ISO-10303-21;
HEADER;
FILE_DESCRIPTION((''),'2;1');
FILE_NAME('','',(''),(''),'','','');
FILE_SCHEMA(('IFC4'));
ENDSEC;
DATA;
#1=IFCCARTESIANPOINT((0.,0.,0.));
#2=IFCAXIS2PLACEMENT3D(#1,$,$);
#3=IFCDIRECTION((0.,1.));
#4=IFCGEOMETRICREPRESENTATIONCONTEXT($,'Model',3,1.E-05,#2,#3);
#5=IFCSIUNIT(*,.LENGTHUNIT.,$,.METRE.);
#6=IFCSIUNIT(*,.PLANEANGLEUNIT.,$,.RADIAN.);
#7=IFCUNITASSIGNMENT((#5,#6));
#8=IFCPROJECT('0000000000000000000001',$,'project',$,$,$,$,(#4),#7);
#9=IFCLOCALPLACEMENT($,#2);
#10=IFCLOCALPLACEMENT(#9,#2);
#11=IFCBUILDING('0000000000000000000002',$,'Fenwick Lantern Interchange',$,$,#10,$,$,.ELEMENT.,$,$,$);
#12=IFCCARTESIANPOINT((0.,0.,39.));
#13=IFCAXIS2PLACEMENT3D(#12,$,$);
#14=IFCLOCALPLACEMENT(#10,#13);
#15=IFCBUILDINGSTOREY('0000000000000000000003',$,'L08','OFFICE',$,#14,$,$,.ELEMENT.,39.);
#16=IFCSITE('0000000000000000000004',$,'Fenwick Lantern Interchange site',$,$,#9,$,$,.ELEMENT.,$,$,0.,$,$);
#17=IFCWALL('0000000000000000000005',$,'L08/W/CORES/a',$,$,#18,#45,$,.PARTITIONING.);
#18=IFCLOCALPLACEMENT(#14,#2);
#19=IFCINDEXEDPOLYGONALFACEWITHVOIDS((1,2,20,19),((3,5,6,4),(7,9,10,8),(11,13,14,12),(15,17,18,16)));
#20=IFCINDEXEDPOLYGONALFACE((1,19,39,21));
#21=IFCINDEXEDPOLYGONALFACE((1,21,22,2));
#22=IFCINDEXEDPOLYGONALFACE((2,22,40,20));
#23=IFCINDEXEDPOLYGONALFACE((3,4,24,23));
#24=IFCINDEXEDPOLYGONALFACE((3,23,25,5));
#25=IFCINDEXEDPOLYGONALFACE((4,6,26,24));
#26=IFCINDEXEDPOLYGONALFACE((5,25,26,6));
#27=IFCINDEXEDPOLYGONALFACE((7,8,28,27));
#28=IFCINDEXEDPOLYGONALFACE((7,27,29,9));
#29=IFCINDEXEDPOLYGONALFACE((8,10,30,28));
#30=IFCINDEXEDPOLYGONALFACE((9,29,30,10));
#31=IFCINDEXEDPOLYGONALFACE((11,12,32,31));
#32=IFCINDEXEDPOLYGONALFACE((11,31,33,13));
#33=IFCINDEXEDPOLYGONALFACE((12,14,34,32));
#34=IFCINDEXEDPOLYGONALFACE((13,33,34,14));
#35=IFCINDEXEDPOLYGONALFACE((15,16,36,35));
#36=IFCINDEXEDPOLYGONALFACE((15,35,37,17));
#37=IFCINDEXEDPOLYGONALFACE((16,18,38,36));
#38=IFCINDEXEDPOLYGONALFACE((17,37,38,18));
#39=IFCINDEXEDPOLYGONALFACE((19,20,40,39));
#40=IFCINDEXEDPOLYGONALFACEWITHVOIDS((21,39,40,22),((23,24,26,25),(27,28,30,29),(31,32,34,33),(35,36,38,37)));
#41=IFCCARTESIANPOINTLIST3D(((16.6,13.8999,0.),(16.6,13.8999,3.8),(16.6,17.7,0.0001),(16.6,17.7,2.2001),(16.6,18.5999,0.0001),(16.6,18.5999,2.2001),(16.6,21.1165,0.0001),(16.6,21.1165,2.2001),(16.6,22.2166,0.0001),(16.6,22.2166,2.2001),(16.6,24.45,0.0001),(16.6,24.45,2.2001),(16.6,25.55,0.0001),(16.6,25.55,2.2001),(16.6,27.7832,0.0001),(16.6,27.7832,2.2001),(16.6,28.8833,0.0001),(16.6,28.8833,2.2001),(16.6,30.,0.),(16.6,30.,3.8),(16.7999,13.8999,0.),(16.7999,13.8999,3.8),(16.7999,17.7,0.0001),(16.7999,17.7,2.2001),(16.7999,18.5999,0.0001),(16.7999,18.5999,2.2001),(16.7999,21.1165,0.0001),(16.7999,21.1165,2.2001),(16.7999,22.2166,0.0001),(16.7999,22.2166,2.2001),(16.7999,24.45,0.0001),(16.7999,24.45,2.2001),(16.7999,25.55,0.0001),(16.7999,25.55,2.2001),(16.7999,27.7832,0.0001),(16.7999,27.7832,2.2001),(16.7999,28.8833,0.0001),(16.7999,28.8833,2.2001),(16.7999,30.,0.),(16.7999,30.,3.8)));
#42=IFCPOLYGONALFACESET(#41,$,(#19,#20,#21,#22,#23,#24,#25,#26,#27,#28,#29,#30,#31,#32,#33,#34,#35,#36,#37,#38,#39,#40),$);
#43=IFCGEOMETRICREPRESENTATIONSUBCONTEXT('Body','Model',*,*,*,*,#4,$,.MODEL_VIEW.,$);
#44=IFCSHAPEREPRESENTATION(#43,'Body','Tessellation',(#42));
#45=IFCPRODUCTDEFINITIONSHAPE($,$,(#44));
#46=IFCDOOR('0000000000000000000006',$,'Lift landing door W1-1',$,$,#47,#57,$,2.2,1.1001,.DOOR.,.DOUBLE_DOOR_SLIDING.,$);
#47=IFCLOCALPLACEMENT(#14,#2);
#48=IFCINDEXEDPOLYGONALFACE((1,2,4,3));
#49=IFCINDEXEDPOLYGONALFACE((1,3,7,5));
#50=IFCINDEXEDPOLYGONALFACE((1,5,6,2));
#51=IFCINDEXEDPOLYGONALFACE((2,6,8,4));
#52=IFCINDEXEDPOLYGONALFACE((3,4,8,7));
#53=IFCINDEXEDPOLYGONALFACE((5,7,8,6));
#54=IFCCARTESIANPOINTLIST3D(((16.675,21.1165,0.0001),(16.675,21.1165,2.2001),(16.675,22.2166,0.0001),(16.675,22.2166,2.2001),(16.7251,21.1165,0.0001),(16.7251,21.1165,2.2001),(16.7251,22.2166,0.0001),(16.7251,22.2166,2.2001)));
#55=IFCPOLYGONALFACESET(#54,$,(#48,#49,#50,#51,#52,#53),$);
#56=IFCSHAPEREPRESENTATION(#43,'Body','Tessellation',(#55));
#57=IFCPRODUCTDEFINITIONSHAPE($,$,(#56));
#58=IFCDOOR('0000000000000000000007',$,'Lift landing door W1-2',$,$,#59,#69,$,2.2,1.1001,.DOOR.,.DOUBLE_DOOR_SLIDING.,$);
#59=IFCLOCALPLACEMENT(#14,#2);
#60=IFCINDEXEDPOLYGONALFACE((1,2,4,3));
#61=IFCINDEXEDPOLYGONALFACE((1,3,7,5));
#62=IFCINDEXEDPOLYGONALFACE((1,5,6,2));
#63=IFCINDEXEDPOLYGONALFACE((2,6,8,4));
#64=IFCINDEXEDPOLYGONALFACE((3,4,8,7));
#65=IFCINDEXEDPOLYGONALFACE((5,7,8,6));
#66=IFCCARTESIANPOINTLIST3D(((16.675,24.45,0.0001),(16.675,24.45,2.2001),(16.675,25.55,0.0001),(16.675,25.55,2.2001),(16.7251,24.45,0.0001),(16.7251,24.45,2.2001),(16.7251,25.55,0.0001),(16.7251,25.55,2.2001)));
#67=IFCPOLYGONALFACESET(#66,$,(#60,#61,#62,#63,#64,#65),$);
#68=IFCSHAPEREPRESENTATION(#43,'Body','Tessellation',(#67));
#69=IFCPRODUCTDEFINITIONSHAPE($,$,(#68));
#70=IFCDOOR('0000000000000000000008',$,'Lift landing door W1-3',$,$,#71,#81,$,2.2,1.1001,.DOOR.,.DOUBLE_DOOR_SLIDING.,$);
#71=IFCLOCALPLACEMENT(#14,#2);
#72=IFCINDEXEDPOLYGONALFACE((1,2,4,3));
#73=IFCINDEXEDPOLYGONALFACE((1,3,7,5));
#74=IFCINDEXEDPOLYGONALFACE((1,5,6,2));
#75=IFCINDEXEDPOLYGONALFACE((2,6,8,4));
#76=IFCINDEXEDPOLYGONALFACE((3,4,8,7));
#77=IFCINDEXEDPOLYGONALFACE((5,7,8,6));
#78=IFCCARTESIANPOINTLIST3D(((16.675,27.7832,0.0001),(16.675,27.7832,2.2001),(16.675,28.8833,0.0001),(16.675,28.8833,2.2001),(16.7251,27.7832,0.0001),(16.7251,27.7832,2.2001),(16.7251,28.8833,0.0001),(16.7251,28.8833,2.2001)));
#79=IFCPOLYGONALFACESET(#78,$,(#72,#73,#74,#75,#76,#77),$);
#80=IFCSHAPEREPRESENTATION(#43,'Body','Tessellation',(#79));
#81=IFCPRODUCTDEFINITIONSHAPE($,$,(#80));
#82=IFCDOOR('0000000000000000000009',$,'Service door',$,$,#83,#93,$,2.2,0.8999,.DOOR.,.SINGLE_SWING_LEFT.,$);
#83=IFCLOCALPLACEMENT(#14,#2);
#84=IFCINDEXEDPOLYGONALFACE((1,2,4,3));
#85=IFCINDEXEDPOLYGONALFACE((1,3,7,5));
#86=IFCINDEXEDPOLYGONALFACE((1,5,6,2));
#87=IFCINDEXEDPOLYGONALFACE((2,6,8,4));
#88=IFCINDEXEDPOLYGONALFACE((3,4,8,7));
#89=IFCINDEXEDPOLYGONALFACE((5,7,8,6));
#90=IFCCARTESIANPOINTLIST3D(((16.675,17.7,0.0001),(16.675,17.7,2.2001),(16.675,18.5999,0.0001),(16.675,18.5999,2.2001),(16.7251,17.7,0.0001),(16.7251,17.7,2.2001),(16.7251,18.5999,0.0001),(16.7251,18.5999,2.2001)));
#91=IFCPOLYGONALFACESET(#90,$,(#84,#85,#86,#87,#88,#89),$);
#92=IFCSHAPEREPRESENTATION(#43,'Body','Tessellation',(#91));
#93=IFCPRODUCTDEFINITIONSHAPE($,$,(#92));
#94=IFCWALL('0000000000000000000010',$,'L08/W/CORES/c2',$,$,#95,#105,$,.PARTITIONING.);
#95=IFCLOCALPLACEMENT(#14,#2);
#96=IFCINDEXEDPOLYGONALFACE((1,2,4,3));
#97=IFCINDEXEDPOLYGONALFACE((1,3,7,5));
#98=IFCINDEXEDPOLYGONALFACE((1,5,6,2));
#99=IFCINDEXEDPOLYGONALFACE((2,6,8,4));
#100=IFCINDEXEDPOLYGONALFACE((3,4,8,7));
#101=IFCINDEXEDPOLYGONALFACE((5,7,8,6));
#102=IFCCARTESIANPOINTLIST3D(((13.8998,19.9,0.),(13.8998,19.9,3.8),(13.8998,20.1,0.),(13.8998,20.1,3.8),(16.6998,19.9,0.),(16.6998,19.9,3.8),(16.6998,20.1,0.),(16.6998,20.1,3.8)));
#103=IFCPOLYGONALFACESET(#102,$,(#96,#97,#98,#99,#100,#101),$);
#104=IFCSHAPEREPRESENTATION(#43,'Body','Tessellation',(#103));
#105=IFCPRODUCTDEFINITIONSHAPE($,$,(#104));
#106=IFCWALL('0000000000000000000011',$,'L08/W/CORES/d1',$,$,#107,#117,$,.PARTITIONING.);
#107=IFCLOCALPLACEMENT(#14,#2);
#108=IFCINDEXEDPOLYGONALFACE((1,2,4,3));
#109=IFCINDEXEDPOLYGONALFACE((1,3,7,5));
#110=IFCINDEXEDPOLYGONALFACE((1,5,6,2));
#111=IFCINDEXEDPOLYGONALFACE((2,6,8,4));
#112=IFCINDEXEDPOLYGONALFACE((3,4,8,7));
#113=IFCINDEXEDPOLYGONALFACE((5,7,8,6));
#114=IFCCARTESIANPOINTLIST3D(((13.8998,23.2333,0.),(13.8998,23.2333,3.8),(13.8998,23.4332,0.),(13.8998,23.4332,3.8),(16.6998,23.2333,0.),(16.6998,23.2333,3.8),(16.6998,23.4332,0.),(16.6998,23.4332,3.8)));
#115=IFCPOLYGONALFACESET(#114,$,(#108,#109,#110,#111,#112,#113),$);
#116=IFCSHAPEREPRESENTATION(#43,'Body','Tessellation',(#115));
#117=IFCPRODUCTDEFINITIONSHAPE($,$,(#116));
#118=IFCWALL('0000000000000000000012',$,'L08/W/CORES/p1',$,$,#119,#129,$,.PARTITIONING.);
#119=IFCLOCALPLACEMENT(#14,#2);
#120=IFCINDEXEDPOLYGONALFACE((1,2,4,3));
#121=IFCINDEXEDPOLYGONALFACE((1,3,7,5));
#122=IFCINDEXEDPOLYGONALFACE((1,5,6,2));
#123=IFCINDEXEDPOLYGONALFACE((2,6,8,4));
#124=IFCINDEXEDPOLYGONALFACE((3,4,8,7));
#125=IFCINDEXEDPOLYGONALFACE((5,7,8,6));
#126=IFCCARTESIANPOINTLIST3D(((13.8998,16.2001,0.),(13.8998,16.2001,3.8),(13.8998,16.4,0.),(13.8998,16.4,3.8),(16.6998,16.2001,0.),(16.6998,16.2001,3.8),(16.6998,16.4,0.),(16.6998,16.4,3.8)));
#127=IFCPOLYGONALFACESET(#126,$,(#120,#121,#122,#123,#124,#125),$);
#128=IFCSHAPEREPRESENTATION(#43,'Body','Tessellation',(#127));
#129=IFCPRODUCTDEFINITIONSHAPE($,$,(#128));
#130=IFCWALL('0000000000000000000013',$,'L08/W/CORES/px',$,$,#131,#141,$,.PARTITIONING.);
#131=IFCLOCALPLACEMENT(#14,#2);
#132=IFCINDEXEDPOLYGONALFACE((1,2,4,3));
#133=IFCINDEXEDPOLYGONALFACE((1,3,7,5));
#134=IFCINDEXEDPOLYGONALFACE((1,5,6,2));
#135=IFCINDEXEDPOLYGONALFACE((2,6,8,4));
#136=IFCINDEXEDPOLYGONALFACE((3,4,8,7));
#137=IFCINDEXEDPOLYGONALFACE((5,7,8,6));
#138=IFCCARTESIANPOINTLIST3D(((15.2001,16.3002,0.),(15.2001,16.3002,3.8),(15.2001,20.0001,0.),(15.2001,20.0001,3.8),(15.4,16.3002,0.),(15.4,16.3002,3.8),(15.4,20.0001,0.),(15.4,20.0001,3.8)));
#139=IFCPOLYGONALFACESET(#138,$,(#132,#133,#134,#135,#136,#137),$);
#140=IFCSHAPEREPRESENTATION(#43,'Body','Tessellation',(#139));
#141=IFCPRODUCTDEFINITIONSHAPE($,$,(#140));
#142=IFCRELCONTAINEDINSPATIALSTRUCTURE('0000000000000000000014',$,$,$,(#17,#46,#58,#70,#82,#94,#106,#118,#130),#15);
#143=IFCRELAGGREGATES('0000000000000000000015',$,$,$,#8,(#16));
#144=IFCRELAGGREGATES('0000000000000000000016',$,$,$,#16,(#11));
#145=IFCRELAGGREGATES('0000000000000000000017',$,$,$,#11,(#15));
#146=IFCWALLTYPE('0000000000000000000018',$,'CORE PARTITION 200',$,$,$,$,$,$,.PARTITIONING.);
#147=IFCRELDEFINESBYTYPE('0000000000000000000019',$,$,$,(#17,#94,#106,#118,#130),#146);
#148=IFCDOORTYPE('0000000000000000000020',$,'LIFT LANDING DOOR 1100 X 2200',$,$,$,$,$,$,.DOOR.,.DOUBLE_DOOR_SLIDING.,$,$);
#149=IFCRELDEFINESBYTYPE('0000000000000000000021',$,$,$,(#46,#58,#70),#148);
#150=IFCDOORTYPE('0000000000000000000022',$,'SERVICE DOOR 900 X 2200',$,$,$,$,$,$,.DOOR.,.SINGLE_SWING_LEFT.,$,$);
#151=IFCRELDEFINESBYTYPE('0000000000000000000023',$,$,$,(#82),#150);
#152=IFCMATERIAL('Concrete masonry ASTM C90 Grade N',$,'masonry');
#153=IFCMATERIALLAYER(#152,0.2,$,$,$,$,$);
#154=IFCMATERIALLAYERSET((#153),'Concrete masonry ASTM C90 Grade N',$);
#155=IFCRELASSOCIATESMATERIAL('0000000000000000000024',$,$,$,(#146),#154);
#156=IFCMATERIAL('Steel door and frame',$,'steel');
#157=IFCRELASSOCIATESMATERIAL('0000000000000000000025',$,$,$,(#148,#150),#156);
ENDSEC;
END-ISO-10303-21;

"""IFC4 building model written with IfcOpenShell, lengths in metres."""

from ifc_helpers import new_model, si_unit, direction, frame, frame_2d, origin, place, context, subcontext, project, spatial, rectangle, extrude, material, layer, layer_set, type_object, element, fill, save


model = new_model("IFC4")

# Units and contexts
model_context = context("Model", 3, precision=1e-05, world=origin(), true_north=direction((0.0, 1.0)))
body_context = subcontext(model_context, "Body", "Model", "MODEL_VIEW")
ifc_project = project(units=[si_unit("LENGTHUNIT", "METRE"), si_unit("PLANEANGLEUNIT", "RADIAN")], contexts=[model_context])

# Site, building, storey
site_placement = place(None, origin())
site = spatial("IfcSite", under=ifc_project, at=site_placement, Name="Fenwick Lantern Interchange site", CompositionType="ELEMENT", RefElevation=0.0)
building_placement = place(site_placement, origin())
building = spatial("IfcBuilding", under=site, at=building_placement, Name="Fenwick Lantern Interchange", CompositionType="ELEMENT")
storey_placement = place(building_placement, frame((0.0, 0.0, 39.0)))
storey = spatial("IfcBuildingStorey", under=building, at=storey_placement, Name="L08", Description="OFFICE", CompositionType="ELEMENT", Elevation=39.0)

# Wall, openings, doors
ifc_material_1 = material(Name="Concrete masonry ASTM C90 Grade N", Category="masonry")
ifc_layer_1 = layer(ifc_material_1, 0.2)
ifc_layer_set_1 = layer_set([ifc_layer_1], Name="Concrete masonry ASTM C90 Grade N")
wall_type_1 = type_object("IfcWallType", Name="CORE PARTITION 200", PredefinedType="PARTITIONING", material=ifc_layer_set_1)
wall_1_placement = place(storey_placement, frame((16.7, 13.8999, 0.0), z_axis=(0.0, 0.0, 1.0), x_axis=(0.0, 1.0, 0.0)))
wall_1 = element("IfcWall", 1, at=wall_1_placement, inside=storey, type_object=wall_type_1, Name="L08/W/CORES/a", PredefinedType="PARTITIONING", context=body_context, shape_type="SweptSolid", body=[
    extrude(rectangle(XDim=16.1001, YDim=0.2, at=frame_2d((8.05, 0.0))), origin(), (0.0, 0.0, 1.0), 3.8),
])
opening_1_placement = place(wall_1_placement, frame((3.8, 0.0, 0.0)))
opening_1 = element("IfcOpeningElement", 2, at=opening_1_placement, cuts=wall_1, PredefinedType="OPENING", context=body_context, shape_type="SweptSolid", body=[
    extrude(rectangle(XDim=0.8999, YDim=2.2, at=frame_2d((0.45, 1.1001))), frame((0.0, 0.1099, 0.0), z_axis=(0.0, -1.0, 0.0), x_axis=(1.0, 0.0, 0.0)), (0.0, 0.0, 1.0), 0.22),
])
opening_2_placement = place(wall_1_placement, frame((7.2166, 0.0, 0.0)))
opening_2 = element("IfcOpeningElement", 3, at=opening_2_placement, cuts=wall_1, PredefinedType="OPENING", context=body_context, shape_type="SweptSolid", body=[
    extrude(rectangle(XDim=1.1001, YDim=2.2, at=frame_2d((0.55, 1.1001))), frame((0.0, 0.1099, 0.0), z_axis=(0.0, -1.0, 0.0), x_axis=(1.0, 0.0, 0.0)), (0.0, 0.0, 1.0), 0.22),
])
opening_3_placement = place(wall_1_placement, frame((10.55, 0.0, 0.0)))
opening_3 = element("IfcOpeningElement", 4, at=opening_3_placement, cuts=wall_1, PredefinedType="OPENING", context=body_context, shape_type="SweptSolid", body=[
    extrude(rectangle(XDim=1.1001, YDim=2.2, at=frame_2d((0.55, 1.1001))), frame((0.0, 0.1099, 0.0), z_axis=(0.0, -1.0, 0.0), x_axis=(1.0, 0.0, 0.0)), (0.0, 0.0, 1.0), 0.22),
])
opening_4_placement = place(wall_1_placement, frame((13.8833, 0.0, 0.0)))
opening_4 = element("IfcOpeningElement", 5, at=opening_4_placement, cuts=wall_1, PredefinedType="OPENING", context=body_context, shape_type="SweptSolid", body=[
    extrude(rectangle(XDim=1.1001, YDim=2.2, at=frame_2d((0.55, 1.1001))), frame((0.0, 0.1099, 0.0), z_axis=(0.0, -1.0, 0.0), x_axis=(1.0, 0.0, 0.0)), (0.0, 0.0, 1.0), 0.22),
])
ifc_material_2 = material(Name="Steel door and frame", Category="steel")
door_type_1 = type_object("IfcDoorType", Name="LIFT LANDING DOOR 1100 X 2200", OperationType="DOUBLE_DOOR_SLIDING", PredefinedType="DOOR", material=ifc_material_2)
door_1_placement = place(opening_2_placement, origin())
door_1 = element("IfcDoor", 6, at=door_1_placement, inside=storey, type_object=door_type_1, Name="Lift landing door W1-1", OperationType="DOUBLE_DOOR_SLIDING", OverallHeight=2.2, OverallWidth=1.1001, PredefinedType="DOOR", context=body_context, shape_type="SweptSolid", body=[
    extrude(rectangle(XDim=1.1001, YDim=2.2, at=frame_2d((0.55, 1.1001))), frame((0.0, 0.0249, 0.0), z_axis=(0.0, -1.0, 0.0), x_axis=(1.0, 0.0, 0.0)), (0.0, 0.0, 1.0), 0.05),
])
fill(opening_2, door_1)
door_2_placement = place(opening_3_placement, origin())
door_2 = element("IfcDoor", 7, at=door_2_placement, inside=storey, type_object=door_type_1, Name="Lift landing door W1-2", OperationType="DOUBLE_DOOR_SLIDING", OverallHeight=2.2, OverallWidth=1.1001, PredefinedType="DOOR", context=body_context, shape_type="SweptSolid", body=[
    extrude(rectangle(XDim=1.1001, YDim=2.2, at=frame_2d((0.55, 1.1001))), frame((0.0, 0.0249, 0.0), z_axis=(0.0, -1.0, 0.0), x_axis=(1.0, 0.0, 0.0)), (0.0, 0.0, 1.0), 0.05),
])
fill(opening_3, door_2)
door_3_placement = place(opening_4_placement, origin())
door_3 = element("IfcDoor", 8, at=door_3_placement, inside=storey, type_object=door_type_1, Name="Lift landing door W1-3", OperationType="DOUBLE_DOOR_SLIDING", OverallHeight=2.2, OverallWidth=1.1001, PredefinedType="DOOR", context=body_context, shape_type="SweptSolid", body=[
    extrude(rectangle(XDim=1.1001, YDim=2.2, at=frame_2d((0.55, 1.1001))), frame((0.0, 0.0249, 0.0), z_axis=(0.0, -1.0, 0.0), x_axis=(1.0, 0.0, 0.0)), (0.0, 0.0, 1.0), 0.05),
])
fill(opening_4, door_3)
door_type_2 = type_object("IfcDoorType", Name="SERVICE DOOR 900 X 2200", OperationType="SINGLE_SWING_LEFT", PredefinedType="DOOR", material=ifc_material_2)
door_4_placement = place(opening_1_placement, origin())
door_4 = element("IfcDoor", 9, at=door_4_placement, inside=storey, type_object=door_type_2, Name="Service door", OperationType="SINGLE_SWING_LEFT", OverallHeight=2.2, OverallWidth=0.8999, PredefinedType="DOOR", context=body_context, shape_type="SweptSolid", body=[
    extrude(rectangle(XDim=0.8999, YDim=2.2, at=frame_2d((0.45, 1.1001))), frame((0.0, 0.0249, 0.0), z_axis=(0.0, -1.0, 0.0), x_axis=(1.0, 0.0, 0.0)), (0.0, 0.0, 1.0), 0.05),
])
fill(opening_1, door_4)

# Walls
for number, where, z_axis, x_axis, name in (
    (10, (13.8999, 20.0, 0.0), (0.0, 0.0, 1.0), (1.0, 0.0, 0.0), "L08/W/CORES/c2"),
    (11, (13.8999, 23.3333, 0.0), (0.0, 0.0, 1.0), (1.0, 0.0, 0.0), "L08/W/CORES/d1"),
    (12, (13.8999, 16.3, 0.0), (0.0, 0.0, 1.0), (1.0, 0.0, 0.0), "L08/W/CORES/p1"),
):
    element("IfcWall", number, at=place(storey_placement, frame(where, z_axis=z_axis, x_axis=x_axis)), inside=storey, type_object=wall_type_1, Name=name, PredefinedType="PARTITIONING", context=body_context, shape_type="SweptSolid", body=[
        extrude(rectangle(XDim=2.8, YDim=0.2, at=frame_2d((1.3999, 0.0))), origin(), (0.0, 0.0, 1.0), 3.8),
    ])
wall_2_placement = place(storey_placement, frame((15.3, 16.3, 0.0), z_axis=(0.0, 0.0, 1.0), x_axis=(0.0, 1.0, 0.0)))
element("IfcWall", 13, at=wall_2_placement, inside=storey, type_object=wall_type_1, Name="L08/W/CORES/px", PredefinedType="PARTITIONING", context=body_context, shape_type="SweptSolid", body=[
    extrude(rectangle(XDim=3.7, YDim=0.2, at=frame_2d((1.8501, 0.0))), origin(), (0.0, 0.0, 1.0), 3.8),
])

save(model, "model.ifc")
